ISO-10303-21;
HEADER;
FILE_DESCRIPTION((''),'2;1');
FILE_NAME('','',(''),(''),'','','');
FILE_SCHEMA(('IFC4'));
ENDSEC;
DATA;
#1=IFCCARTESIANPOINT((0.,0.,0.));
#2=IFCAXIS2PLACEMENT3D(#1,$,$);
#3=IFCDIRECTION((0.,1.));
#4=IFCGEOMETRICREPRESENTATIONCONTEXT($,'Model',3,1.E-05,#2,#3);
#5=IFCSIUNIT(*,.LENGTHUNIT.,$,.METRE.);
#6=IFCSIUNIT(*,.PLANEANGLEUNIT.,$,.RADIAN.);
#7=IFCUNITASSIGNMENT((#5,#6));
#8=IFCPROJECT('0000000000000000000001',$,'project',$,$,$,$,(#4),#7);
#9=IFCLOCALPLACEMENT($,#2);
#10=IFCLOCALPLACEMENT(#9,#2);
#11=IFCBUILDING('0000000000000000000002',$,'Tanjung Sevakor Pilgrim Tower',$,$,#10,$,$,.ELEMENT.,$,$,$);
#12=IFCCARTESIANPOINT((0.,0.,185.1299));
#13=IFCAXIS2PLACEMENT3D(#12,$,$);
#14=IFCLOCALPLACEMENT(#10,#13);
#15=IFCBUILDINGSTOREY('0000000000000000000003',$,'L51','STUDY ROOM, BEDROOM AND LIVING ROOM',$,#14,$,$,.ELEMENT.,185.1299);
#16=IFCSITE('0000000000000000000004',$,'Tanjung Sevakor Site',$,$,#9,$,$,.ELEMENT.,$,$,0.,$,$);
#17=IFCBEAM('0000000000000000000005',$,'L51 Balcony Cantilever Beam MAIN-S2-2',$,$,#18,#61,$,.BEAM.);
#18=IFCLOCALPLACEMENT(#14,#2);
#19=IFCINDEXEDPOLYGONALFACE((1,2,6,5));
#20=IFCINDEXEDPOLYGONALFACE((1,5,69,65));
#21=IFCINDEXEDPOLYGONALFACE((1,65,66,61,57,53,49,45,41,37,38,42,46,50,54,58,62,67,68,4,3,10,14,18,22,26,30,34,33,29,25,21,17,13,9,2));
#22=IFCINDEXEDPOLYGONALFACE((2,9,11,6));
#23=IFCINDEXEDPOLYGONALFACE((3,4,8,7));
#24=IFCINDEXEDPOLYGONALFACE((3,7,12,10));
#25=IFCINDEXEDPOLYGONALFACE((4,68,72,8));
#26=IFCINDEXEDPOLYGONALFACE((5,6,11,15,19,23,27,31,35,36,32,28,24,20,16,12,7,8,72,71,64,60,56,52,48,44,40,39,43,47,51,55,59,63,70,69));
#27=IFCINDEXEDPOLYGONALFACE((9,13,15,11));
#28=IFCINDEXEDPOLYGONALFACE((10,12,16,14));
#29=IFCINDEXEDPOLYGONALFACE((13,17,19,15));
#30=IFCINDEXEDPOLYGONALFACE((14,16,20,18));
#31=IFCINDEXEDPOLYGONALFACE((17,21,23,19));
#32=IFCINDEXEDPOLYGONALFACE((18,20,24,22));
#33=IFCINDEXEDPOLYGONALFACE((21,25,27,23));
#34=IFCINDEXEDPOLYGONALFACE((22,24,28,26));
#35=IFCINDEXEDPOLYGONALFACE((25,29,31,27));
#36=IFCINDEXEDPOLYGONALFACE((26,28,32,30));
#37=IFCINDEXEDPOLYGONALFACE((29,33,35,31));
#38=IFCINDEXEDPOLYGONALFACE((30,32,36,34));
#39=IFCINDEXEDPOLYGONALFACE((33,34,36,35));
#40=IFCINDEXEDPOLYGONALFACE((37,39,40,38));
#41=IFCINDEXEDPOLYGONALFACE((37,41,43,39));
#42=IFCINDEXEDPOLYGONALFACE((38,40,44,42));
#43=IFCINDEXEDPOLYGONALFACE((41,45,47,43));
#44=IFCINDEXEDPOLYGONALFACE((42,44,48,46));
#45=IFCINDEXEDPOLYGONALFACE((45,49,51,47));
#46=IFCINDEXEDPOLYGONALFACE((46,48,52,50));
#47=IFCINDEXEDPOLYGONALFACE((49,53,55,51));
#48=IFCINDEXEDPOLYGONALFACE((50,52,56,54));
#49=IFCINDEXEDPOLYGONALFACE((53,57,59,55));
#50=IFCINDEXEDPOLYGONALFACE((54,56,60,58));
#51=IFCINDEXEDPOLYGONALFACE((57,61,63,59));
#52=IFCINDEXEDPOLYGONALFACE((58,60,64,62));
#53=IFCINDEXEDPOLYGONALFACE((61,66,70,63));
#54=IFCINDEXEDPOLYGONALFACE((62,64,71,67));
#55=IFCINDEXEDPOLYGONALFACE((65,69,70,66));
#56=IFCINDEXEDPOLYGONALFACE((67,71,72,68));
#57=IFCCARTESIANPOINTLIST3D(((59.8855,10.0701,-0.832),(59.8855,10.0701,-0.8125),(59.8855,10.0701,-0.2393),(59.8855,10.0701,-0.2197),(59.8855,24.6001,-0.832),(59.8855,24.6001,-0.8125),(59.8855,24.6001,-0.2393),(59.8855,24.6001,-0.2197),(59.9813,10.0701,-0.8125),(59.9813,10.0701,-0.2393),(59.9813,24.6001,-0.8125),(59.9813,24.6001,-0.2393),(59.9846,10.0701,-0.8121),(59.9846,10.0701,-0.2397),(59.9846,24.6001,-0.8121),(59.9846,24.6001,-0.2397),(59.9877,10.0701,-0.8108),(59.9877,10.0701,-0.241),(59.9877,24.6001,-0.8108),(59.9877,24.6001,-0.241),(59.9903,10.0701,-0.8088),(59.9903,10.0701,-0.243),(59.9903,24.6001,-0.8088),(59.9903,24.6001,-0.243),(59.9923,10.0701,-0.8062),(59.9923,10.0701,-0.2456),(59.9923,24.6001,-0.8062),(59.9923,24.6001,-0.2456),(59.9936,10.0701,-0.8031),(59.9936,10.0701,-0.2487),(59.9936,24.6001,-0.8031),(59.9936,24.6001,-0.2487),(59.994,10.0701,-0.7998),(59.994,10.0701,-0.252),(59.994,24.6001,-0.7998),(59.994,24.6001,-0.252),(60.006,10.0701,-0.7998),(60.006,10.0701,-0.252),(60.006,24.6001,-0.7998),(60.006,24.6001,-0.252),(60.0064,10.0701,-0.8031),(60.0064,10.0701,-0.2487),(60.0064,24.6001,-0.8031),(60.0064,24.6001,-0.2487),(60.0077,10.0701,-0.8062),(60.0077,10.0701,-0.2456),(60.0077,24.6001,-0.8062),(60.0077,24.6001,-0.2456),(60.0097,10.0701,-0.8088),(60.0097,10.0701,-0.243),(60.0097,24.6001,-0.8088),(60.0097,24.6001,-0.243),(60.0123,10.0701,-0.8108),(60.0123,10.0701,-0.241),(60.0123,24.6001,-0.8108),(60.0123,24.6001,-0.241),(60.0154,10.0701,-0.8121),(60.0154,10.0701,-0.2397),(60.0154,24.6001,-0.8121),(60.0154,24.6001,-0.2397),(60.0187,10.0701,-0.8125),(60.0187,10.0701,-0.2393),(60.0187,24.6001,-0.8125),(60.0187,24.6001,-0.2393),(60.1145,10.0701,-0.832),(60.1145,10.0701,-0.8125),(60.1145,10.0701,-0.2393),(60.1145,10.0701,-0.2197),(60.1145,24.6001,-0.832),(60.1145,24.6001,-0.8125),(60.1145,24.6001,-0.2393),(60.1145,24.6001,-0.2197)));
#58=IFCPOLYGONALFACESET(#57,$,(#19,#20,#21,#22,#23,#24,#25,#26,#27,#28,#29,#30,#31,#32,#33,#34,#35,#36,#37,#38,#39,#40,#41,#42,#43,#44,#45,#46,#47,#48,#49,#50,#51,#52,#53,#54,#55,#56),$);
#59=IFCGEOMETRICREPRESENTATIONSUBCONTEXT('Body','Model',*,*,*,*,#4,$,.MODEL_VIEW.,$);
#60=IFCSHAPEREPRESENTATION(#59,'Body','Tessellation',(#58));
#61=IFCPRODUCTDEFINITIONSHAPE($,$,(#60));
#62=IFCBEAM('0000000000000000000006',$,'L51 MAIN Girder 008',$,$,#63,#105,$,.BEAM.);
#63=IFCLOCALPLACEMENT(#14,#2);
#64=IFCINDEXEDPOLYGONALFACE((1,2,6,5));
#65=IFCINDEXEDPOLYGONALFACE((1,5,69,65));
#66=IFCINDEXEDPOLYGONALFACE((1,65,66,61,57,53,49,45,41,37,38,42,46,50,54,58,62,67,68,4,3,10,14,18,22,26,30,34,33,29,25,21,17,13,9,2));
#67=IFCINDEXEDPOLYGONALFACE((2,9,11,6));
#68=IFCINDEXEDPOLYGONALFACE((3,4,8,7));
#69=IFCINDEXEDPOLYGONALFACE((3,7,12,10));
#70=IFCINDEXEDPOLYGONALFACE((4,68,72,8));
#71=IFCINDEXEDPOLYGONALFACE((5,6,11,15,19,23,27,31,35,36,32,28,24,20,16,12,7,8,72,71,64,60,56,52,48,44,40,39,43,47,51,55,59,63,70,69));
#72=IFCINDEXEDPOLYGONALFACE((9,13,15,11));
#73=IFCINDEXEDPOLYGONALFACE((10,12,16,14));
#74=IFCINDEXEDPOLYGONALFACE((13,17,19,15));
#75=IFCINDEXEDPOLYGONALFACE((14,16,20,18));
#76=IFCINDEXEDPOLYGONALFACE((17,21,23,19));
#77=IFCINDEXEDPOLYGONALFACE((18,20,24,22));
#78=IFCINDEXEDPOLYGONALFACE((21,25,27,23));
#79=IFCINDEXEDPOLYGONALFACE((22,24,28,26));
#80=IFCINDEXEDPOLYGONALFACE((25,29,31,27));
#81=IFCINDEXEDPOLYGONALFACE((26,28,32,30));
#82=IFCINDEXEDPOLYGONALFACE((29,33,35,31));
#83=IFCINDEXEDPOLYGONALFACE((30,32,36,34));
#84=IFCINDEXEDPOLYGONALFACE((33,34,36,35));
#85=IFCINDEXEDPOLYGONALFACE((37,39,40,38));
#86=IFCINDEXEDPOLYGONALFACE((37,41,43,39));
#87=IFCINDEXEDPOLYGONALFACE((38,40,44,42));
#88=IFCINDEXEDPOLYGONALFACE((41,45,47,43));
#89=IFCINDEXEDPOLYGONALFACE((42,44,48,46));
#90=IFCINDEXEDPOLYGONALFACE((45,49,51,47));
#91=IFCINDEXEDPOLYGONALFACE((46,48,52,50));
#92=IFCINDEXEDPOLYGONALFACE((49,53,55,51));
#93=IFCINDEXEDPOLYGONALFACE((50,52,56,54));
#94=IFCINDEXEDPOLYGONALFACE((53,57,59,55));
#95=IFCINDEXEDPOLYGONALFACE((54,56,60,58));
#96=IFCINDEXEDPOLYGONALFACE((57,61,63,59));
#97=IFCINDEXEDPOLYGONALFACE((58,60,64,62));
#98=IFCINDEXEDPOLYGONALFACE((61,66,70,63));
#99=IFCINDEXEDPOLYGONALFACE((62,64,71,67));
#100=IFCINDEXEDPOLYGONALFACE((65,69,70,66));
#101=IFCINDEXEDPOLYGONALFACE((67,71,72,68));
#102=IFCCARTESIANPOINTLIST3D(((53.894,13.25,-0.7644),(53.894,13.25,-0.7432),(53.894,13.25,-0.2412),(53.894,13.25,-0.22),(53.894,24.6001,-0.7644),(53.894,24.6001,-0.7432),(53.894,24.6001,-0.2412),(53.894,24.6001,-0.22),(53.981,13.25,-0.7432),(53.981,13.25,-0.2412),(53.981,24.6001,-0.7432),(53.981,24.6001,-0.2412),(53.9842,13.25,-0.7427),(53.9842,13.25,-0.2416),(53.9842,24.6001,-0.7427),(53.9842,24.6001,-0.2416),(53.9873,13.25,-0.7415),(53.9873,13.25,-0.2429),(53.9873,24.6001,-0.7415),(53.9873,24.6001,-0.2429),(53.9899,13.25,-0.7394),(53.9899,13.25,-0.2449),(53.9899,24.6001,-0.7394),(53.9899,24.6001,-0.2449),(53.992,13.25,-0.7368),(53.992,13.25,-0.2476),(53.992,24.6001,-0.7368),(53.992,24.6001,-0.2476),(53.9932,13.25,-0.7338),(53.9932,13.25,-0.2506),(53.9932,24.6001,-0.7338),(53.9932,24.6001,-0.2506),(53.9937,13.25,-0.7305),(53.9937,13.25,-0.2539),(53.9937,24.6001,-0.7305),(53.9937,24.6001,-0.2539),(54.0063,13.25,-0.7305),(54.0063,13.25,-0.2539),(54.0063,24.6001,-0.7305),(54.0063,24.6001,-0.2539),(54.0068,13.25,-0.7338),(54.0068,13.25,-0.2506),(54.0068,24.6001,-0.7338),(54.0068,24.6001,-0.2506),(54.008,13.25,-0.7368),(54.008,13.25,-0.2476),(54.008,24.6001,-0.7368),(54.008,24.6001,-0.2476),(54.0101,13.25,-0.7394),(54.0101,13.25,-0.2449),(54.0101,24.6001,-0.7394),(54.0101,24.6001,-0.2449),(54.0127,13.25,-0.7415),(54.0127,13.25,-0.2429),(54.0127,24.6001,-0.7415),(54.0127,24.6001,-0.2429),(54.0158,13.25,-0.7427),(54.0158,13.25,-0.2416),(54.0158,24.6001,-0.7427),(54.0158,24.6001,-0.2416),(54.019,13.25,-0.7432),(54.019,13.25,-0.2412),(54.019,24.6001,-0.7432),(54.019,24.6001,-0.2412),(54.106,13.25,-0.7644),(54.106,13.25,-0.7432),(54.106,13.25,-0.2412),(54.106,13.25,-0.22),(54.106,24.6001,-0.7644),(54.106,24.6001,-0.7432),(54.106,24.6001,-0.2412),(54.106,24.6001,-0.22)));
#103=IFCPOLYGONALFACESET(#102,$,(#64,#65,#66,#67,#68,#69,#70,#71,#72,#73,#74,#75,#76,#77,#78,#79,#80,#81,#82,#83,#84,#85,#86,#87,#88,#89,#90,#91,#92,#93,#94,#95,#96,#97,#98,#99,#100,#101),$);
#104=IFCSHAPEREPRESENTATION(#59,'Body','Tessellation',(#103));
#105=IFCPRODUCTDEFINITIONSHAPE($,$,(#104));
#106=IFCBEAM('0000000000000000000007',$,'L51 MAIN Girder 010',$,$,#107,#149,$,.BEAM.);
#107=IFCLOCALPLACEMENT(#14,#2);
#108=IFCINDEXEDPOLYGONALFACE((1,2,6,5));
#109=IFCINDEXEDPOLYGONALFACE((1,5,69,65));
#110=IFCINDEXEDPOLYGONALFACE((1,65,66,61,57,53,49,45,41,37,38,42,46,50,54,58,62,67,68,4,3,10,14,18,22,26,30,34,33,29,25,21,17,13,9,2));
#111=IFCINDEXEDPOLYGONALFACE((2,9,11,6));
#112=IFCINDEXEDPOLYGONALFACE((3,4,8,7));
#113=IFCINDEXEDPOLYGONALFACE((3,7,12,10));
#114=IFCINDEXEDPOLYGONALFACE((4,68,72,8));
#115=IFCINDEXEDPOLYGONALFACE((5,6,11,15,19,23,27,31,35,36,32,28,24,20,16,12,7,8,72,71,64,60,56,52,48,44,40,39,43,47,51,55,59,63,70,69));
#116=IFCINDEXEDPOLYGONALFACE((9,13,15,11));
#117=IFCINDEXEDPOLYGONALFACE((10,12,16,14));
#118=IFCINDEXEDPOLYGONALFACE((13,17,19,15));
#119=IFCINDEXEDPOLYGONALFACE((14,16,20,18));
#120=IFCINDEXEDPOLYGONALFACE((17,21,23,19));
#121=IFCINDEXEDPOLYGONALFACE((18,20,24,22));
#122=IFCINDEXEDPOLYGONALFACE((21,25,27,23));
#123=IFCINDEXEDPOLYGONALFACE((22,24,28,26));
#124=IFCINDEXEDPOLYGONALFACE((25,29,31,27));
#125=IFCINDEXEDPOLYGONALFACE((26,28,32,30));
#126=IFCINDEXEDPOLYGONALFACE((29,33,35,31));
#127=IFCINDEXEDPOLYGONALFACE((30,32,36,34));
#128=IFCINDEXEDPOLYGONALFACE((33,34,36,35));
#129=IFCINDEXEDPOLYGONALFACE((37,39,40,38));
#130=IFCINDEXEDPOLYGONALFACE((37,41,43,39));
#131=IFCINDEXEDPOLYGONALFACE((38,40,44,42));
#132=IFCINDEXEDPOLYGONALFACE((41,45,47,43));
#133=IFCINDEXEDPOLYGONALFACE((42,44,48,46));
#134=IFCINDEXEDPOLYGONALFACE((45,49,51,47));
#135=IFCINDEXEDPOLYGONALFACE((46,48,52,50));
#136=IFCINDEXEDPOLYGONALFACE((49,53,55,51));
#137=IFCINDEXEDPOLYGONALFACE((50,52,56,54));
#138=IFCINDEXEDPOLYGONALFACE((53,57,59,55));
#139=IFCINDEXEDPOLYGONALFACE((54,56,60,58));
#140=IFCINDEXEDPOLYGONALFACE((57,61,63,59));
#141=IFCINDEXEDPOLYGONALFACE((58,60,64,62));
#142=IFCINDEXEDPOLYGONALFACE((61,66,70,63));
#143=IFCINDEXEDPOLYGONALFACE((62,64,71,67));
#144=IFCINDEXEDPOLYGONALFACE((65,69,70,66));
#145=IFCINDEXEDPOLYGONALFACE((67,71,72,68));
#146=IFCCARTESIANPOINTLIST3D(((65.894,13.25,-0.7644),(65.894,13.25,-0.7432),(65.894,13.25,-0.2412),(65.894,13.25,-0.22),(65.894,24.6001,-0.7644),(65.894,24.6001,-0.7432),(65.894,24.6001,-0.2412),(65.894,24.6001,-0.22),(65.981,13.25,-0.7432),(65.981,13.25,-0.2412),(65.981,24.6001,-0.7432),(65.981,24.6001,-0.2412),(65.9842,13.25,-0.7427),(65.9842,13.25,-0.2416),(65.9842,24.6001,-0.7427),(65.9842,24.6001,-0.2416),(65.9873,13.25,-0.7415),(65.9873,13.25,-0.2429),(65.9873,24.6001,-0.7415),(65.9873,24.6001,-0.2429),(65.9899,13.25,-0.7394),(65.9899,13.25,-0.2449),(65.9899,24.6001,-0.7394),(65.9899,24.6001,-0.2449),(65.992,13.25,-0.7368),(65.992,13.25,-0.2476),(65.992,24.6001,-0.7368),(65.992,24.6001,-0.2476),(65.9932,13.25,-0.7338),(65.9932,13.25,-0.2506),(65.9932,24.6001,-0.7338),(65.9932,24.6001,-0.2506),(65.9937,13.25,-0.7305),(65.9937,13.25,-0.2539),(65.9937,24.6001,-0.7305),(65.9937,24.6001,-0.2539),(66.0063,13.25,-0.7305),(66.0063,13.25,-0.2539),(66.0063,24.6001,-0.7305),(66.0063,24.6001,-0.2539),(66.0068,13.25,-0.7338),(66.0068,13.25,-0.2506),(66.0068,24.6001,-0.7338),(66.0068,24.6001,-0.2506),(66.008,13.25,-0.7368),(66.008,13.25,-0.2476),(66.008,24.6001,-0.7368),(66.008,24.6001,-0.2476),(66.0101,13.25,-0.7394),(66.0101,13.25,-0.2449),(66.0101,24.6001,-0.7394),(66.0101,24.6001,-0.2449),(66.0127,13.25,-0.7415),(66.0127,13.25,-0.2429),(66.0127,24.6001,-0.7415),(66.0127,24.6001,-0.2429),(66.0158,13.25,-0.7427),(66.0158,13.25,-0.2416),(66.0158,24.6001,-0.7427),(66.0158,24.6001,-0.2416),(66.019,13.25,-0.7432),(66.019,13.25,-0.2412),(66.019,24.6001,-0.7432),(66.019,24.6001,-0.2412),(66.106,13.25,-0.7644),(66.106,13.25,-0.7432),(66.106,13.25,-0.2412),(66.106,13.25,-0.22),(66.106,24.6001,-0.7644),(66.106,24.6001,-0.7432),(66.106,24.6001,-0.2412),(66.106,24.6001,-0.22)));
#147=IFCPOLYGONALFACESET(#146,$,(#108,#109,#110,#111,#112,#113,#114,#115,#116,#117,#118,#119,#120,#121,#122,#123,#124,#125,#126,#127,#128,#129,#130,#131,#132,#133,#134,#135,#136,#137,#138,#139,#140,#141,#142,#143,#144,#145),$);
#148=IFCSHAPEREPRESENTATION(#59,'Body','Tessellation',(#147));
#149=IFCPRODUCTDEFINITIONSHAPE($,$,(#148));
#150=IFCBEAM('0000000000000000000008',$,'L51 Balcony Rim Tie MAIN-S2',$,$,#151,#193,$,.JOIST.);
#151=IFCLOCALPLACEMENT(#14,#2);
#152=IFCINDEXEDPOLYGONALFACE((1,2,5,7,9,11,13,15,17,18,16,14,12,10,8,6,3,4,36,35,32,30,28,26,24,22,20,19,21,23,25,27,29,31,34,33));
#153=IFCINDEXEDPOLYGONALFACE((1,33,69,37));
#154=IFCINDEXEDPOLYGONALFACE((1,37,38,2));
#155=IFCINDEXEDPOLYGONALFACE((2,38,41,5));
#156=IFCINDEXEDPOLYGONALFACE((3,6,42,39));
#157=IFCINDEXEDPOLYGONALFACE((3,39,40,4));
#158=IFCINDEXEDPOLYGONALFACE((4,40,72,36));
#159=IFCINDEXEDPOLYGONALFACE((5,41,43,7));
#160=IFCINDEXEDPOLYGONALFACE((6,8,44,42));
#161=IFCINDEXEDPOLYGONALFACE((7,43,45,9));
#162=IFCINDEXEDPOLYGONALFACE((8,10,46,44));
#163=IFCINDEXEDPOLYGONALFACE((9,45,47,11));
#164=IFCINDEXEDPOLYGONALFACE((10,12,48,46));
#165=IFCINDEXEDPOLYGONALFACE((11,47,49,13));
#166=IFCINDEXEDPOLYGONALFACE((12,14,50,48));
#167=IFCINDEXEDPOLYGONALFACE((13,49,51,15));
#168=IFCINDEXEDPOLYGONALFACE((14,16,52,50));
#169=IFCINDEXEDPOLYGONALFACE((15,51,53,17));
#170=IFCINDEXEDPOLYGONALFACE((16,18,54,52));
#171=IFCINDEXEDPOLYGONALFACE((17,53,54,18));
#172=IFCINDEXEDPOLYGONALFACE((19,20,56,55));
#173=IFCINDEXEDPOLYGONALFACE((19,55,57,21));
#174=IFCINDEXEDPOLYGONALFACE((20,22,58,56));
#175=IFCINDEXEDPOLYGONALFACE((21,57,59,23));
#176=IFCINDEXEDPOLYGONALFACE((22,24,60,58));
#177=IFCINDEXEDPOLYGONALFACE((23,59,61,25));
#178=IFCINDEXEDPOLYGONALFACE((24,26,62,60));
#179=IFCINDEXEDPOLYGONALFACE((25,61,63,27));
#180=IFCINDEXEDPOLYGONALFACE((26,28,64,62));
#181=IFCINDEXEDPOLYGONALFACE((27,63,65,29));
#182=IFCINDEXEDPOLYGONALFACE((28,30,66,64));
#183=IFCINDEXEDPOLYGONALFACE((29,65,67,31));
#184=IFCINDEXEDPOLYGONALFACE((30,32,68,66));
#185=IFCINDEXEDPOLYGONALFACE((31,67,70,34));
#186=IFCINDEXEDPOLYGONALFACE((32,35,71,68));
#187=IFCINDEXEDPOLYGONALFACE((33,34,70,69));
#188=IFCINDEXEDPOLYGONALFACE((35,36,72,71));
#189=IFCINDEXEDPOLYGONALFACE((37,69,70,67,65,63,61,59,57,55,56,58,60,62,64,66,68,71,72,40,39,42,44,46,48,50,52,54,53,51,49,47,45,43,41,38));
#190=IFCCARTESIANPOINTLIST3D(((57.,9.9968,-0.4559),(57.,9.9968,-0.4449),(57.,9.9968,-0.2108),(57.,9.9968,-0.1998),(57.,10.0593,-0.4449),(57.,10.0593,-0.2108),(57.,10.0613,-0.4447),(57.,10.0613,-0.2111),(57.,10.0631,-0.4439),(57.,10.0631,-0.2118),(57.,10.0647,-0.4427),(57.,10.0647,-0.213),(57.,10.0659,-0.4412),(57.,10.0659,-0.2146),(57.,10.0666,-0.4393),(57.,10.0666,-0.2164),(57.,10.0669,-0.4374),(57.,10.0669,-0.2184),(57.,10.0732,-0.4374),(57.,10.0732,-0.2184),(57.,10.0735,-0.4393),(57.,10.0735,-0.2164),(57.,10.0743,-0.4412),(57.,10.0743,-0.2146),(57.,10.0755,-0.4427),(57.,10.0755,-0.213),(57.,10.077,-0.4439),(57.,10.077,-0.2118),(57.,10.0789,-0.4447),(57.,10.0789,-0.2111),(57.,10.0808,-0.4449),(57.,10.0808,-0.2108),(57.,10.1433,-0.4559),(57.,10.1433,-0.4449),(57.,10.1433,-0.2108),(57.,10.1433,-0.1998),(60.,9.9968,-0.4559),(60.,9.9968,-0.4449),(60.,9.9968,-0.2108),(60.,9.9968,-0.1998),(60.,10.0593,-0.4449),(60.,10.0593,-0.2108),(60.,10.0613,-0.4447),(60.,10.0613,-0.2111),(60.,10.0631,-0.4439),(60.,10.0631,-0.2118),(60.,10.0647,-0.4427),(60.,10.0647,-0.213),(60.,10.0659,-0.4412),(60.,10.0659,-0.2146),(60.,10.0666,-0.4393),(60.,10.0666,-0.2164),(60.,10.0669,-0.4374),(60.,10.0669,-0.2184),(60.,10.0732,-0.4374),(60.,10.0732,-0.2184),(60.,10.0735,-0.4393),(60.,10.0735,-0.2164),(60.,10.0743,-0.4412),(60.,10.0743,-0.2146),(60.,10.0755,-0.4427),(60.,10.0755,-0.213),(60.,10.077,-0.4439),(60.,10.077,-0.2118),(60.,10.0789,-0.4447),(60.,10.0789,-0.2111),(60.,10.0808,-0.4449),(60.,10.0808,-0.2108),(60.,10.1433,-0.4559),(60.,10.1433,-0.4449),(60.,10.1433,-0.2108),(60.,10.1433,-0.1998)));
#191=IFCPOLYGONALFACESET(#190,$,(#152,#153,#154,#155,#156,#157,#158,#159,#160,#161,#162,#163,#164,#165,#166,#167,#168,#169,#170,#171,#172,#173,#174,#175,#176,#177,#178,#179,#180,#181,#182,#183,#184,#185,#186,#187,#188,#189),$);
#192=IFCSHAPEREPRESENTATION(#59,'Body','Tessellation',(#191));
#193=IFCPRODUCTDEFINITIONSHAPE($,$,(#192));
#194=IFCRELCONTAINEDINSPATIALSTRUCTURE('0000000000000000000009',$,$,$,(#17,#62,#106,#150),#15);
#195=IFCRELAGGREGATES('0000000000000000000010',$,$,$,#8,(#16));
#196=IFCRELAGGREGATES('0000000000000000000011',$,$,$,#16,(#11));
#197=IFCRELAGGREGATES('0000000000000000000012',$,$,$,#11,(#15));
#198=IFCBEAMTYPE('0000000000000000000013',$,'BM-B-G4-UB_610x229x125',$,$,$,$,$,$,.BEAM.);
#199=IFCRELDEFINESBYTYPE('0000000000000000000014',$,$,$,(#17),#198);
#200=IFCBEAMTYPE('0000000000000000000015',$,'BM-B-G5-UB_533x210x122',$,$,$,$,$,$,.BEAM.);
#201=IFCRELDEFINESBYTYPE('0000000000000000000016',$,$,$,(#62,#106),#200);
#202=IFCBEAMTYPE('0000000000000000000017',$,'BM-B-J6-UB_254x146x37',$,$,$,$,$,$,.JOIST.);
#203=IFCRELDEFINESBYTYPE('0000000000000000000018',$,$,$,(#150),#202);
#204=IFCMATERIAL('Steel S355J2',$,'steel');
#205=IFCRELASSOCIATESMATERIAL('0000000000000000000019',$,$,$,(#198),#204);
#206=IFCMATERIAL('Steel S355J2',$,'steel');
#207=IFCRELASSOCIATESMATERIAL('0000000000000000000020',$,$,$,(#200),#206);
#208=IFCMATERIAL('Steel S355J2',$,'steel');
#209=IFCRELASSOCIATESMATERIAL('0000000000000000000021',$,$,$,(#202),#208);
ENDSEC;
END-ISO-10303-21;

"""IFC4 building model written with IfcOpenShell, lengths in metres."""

from ifc_helpers import new_model, si_unit, direction, frame, origin, origin_2d, place, context, subcontext, project, spatial, i_section, extrude, material, material_profile, profile_set, type_object, element, save


model = new_model("IFC4")

# Units and contexts
model_context = context("Model", 3, precision=1e-05, world=origin(), true_north=direction((0.0, 1.0)))
body_context = subcontext(model_context, "Body", "Model", "MODEL_VIEW")
ifc_project = project(units=[si_unit("LENGTHUNIT", "METRE"), si_unit("PLANEANGLEUNIT", "RADIAN")], contexts=[model_context])

# Site, building, storey
site_placement = place(None, origin())
site = spatial("IfcSite", under=ifc_project, at=site_placement, Name="Tanjung Sevakor Site", CompositionType="ELEMENT", RefElevation=0.0)
building_placement = place(site_placement, origin())
building = spatial("IfcBuilding", under=site, at=building_placement, Name="Tanjung Sevakor Pilgrim Tower", CompositionType="ELEMENT")
storey_placement = place(building_placement, frame((0.0, 0.0, 185.1299)))
storey = spatial("IfcBuildingStorey", under=building, at=storey_placement, Name="L51", Description="STUDY ROOM, BEDROOM AND LIVING ROOM", CompositionType="ELEMENT", Elevation=185.1299)

# Beams
ifc_material_1 = material(Name="Steel S355J2", Category="steel")
ifc_material_profile_1 = material_profile(ifc_material_1, i_section(OverallWidth=0.229, OverallDepth=0.6123, WebThickness=0.012, FlangeThickness=0.0195, FilletRadius=0.0127, at=origin_2d()))
ifc_profile_set_1 = profile_set([ifc_material_profile_1], Name="Steel S355J2")
beam_type_1 = type_object("IfcBeamType", Name="BM-B-G4-UB_610x229x125", PredefinedType="BEAM", material=ifc_profile_set_1)
beam_1_placement = place(storey_placement, frame((60.0, 24.6001, -0.5259), z_axis=(0.0, -1.0, 0.0), x_axis=(1.0, 0.0, 0.0)))
element("IfcBeam", 1, at=beam_1_placement, inside=storey, type_object=beam_type_1, Name="L51 Balcony Cantilever Beam MAIN-S2-2", PredefinedType="BEAM", context=body_context, shape_type="SweptSolid", body=[
    extrude(i_section(OverallWidth=0.229, OverallDepth=0.6123, WebThickness=0.012, FlangeThickness=0.0195, FilletRadius=0.0127, at=origin_2d()), origin(), (0.0, 0.0, 1.0), 14.53),
])
ifc_material_2 = material(Name="Steel S355J2", Category="steel")
ifc_material_profile_2 = material_profile(ifc_material_2, i_section(OverallWidth=0.2119, OverallDepth=0.5444, WebThickness=0.0127, FlangeThickness=0.0212, FilletRadius=0.0127, at=origin_2d()))
ifc_profile_set_2 = profile_set([ifc_material_profile_2], Name="Steel S355J2")
beam_type_2 = type_object("IfcBeamType", Name="BM-B-G5-UB_533x210x122", PredefinedType="BEAM", material=ifc_profile_set_2)
for number, where, z_axis, x_axis, name in (
    (2, (54.0, 13.25, -0.4922), (0.0, 1.0, 0.0), (-1.0, 0.0, 0.0), "L51 MAIN Girder 008"),
    (3, (66.0, 13.25, -0.4922), (0.0, 1.0, 0.0), (-1.0, 0.0, 0.0), "L51 MAIN Girder 010"),
):
    element("IfcBeam", number, at=place(storey_placement, frame(where, z_axis=z_axis, x_axis=x_axis)), inside=storey, type_object=beam_type_2, Name=name, PredefinedType="BEAM", context=body_context, shape_type="SweptSolid", body=[
        extrude(i_section(OverallWidth=0.2119, OverallDepth=0.5444, WebThickness=0.0127, FlangeThickness=0.0212, FilletRadius=0.0127, at=origin_2d()), origin(), (0.0, 0.0, 1.0), 11.3501),
    ])
ifc_material_3 = material(Name="Steel S355J2", Category="steel")
ifc_material_profile_3 = material_profile(ifc_material_3, i_section(OverallWidth=0.1465, OverallDepth=0.2561, WebThickness=0.0063, FlangeThickness=0.011, FilletRadius=0.0076, at=origin_2d()))
ifc_profile_set_3 = profile_set([ifc_material_profile_3], Name="Steel S355J2")
beam_type_3 = type_object("IfcBeamType", Name="BM-B-J6-UB_254x146x37", PredefinedType="JOIST", material=ifc_profile_set_3)
beam_2_placement = place(storey_placement, frame((57.0, 10.0701, -0.3279), z_axis=(1.0, 0.0, 0.0), x_axis=(0.0, 1.0, 0.0)))
element("IfcBeam", 4, at=beam_2_placement, inside=storey, type_object=beam_type_3, Name="L51 Balcony Rim Tie MAIN-S2", PredefinedType="JOIST", context=body_context, shape_type="SweptSolid", body=[
    extrude(i_section(OverallWidth=0.1465, OverallDepth=0.2561, WebThickness=0.0063, FlangeThickness=0.011, FilletRadius=0.0076, at=origin_2d()), origin(), (0.0, 0.0, 1.0), 3.0),
])

save(model, "model.ifc")
